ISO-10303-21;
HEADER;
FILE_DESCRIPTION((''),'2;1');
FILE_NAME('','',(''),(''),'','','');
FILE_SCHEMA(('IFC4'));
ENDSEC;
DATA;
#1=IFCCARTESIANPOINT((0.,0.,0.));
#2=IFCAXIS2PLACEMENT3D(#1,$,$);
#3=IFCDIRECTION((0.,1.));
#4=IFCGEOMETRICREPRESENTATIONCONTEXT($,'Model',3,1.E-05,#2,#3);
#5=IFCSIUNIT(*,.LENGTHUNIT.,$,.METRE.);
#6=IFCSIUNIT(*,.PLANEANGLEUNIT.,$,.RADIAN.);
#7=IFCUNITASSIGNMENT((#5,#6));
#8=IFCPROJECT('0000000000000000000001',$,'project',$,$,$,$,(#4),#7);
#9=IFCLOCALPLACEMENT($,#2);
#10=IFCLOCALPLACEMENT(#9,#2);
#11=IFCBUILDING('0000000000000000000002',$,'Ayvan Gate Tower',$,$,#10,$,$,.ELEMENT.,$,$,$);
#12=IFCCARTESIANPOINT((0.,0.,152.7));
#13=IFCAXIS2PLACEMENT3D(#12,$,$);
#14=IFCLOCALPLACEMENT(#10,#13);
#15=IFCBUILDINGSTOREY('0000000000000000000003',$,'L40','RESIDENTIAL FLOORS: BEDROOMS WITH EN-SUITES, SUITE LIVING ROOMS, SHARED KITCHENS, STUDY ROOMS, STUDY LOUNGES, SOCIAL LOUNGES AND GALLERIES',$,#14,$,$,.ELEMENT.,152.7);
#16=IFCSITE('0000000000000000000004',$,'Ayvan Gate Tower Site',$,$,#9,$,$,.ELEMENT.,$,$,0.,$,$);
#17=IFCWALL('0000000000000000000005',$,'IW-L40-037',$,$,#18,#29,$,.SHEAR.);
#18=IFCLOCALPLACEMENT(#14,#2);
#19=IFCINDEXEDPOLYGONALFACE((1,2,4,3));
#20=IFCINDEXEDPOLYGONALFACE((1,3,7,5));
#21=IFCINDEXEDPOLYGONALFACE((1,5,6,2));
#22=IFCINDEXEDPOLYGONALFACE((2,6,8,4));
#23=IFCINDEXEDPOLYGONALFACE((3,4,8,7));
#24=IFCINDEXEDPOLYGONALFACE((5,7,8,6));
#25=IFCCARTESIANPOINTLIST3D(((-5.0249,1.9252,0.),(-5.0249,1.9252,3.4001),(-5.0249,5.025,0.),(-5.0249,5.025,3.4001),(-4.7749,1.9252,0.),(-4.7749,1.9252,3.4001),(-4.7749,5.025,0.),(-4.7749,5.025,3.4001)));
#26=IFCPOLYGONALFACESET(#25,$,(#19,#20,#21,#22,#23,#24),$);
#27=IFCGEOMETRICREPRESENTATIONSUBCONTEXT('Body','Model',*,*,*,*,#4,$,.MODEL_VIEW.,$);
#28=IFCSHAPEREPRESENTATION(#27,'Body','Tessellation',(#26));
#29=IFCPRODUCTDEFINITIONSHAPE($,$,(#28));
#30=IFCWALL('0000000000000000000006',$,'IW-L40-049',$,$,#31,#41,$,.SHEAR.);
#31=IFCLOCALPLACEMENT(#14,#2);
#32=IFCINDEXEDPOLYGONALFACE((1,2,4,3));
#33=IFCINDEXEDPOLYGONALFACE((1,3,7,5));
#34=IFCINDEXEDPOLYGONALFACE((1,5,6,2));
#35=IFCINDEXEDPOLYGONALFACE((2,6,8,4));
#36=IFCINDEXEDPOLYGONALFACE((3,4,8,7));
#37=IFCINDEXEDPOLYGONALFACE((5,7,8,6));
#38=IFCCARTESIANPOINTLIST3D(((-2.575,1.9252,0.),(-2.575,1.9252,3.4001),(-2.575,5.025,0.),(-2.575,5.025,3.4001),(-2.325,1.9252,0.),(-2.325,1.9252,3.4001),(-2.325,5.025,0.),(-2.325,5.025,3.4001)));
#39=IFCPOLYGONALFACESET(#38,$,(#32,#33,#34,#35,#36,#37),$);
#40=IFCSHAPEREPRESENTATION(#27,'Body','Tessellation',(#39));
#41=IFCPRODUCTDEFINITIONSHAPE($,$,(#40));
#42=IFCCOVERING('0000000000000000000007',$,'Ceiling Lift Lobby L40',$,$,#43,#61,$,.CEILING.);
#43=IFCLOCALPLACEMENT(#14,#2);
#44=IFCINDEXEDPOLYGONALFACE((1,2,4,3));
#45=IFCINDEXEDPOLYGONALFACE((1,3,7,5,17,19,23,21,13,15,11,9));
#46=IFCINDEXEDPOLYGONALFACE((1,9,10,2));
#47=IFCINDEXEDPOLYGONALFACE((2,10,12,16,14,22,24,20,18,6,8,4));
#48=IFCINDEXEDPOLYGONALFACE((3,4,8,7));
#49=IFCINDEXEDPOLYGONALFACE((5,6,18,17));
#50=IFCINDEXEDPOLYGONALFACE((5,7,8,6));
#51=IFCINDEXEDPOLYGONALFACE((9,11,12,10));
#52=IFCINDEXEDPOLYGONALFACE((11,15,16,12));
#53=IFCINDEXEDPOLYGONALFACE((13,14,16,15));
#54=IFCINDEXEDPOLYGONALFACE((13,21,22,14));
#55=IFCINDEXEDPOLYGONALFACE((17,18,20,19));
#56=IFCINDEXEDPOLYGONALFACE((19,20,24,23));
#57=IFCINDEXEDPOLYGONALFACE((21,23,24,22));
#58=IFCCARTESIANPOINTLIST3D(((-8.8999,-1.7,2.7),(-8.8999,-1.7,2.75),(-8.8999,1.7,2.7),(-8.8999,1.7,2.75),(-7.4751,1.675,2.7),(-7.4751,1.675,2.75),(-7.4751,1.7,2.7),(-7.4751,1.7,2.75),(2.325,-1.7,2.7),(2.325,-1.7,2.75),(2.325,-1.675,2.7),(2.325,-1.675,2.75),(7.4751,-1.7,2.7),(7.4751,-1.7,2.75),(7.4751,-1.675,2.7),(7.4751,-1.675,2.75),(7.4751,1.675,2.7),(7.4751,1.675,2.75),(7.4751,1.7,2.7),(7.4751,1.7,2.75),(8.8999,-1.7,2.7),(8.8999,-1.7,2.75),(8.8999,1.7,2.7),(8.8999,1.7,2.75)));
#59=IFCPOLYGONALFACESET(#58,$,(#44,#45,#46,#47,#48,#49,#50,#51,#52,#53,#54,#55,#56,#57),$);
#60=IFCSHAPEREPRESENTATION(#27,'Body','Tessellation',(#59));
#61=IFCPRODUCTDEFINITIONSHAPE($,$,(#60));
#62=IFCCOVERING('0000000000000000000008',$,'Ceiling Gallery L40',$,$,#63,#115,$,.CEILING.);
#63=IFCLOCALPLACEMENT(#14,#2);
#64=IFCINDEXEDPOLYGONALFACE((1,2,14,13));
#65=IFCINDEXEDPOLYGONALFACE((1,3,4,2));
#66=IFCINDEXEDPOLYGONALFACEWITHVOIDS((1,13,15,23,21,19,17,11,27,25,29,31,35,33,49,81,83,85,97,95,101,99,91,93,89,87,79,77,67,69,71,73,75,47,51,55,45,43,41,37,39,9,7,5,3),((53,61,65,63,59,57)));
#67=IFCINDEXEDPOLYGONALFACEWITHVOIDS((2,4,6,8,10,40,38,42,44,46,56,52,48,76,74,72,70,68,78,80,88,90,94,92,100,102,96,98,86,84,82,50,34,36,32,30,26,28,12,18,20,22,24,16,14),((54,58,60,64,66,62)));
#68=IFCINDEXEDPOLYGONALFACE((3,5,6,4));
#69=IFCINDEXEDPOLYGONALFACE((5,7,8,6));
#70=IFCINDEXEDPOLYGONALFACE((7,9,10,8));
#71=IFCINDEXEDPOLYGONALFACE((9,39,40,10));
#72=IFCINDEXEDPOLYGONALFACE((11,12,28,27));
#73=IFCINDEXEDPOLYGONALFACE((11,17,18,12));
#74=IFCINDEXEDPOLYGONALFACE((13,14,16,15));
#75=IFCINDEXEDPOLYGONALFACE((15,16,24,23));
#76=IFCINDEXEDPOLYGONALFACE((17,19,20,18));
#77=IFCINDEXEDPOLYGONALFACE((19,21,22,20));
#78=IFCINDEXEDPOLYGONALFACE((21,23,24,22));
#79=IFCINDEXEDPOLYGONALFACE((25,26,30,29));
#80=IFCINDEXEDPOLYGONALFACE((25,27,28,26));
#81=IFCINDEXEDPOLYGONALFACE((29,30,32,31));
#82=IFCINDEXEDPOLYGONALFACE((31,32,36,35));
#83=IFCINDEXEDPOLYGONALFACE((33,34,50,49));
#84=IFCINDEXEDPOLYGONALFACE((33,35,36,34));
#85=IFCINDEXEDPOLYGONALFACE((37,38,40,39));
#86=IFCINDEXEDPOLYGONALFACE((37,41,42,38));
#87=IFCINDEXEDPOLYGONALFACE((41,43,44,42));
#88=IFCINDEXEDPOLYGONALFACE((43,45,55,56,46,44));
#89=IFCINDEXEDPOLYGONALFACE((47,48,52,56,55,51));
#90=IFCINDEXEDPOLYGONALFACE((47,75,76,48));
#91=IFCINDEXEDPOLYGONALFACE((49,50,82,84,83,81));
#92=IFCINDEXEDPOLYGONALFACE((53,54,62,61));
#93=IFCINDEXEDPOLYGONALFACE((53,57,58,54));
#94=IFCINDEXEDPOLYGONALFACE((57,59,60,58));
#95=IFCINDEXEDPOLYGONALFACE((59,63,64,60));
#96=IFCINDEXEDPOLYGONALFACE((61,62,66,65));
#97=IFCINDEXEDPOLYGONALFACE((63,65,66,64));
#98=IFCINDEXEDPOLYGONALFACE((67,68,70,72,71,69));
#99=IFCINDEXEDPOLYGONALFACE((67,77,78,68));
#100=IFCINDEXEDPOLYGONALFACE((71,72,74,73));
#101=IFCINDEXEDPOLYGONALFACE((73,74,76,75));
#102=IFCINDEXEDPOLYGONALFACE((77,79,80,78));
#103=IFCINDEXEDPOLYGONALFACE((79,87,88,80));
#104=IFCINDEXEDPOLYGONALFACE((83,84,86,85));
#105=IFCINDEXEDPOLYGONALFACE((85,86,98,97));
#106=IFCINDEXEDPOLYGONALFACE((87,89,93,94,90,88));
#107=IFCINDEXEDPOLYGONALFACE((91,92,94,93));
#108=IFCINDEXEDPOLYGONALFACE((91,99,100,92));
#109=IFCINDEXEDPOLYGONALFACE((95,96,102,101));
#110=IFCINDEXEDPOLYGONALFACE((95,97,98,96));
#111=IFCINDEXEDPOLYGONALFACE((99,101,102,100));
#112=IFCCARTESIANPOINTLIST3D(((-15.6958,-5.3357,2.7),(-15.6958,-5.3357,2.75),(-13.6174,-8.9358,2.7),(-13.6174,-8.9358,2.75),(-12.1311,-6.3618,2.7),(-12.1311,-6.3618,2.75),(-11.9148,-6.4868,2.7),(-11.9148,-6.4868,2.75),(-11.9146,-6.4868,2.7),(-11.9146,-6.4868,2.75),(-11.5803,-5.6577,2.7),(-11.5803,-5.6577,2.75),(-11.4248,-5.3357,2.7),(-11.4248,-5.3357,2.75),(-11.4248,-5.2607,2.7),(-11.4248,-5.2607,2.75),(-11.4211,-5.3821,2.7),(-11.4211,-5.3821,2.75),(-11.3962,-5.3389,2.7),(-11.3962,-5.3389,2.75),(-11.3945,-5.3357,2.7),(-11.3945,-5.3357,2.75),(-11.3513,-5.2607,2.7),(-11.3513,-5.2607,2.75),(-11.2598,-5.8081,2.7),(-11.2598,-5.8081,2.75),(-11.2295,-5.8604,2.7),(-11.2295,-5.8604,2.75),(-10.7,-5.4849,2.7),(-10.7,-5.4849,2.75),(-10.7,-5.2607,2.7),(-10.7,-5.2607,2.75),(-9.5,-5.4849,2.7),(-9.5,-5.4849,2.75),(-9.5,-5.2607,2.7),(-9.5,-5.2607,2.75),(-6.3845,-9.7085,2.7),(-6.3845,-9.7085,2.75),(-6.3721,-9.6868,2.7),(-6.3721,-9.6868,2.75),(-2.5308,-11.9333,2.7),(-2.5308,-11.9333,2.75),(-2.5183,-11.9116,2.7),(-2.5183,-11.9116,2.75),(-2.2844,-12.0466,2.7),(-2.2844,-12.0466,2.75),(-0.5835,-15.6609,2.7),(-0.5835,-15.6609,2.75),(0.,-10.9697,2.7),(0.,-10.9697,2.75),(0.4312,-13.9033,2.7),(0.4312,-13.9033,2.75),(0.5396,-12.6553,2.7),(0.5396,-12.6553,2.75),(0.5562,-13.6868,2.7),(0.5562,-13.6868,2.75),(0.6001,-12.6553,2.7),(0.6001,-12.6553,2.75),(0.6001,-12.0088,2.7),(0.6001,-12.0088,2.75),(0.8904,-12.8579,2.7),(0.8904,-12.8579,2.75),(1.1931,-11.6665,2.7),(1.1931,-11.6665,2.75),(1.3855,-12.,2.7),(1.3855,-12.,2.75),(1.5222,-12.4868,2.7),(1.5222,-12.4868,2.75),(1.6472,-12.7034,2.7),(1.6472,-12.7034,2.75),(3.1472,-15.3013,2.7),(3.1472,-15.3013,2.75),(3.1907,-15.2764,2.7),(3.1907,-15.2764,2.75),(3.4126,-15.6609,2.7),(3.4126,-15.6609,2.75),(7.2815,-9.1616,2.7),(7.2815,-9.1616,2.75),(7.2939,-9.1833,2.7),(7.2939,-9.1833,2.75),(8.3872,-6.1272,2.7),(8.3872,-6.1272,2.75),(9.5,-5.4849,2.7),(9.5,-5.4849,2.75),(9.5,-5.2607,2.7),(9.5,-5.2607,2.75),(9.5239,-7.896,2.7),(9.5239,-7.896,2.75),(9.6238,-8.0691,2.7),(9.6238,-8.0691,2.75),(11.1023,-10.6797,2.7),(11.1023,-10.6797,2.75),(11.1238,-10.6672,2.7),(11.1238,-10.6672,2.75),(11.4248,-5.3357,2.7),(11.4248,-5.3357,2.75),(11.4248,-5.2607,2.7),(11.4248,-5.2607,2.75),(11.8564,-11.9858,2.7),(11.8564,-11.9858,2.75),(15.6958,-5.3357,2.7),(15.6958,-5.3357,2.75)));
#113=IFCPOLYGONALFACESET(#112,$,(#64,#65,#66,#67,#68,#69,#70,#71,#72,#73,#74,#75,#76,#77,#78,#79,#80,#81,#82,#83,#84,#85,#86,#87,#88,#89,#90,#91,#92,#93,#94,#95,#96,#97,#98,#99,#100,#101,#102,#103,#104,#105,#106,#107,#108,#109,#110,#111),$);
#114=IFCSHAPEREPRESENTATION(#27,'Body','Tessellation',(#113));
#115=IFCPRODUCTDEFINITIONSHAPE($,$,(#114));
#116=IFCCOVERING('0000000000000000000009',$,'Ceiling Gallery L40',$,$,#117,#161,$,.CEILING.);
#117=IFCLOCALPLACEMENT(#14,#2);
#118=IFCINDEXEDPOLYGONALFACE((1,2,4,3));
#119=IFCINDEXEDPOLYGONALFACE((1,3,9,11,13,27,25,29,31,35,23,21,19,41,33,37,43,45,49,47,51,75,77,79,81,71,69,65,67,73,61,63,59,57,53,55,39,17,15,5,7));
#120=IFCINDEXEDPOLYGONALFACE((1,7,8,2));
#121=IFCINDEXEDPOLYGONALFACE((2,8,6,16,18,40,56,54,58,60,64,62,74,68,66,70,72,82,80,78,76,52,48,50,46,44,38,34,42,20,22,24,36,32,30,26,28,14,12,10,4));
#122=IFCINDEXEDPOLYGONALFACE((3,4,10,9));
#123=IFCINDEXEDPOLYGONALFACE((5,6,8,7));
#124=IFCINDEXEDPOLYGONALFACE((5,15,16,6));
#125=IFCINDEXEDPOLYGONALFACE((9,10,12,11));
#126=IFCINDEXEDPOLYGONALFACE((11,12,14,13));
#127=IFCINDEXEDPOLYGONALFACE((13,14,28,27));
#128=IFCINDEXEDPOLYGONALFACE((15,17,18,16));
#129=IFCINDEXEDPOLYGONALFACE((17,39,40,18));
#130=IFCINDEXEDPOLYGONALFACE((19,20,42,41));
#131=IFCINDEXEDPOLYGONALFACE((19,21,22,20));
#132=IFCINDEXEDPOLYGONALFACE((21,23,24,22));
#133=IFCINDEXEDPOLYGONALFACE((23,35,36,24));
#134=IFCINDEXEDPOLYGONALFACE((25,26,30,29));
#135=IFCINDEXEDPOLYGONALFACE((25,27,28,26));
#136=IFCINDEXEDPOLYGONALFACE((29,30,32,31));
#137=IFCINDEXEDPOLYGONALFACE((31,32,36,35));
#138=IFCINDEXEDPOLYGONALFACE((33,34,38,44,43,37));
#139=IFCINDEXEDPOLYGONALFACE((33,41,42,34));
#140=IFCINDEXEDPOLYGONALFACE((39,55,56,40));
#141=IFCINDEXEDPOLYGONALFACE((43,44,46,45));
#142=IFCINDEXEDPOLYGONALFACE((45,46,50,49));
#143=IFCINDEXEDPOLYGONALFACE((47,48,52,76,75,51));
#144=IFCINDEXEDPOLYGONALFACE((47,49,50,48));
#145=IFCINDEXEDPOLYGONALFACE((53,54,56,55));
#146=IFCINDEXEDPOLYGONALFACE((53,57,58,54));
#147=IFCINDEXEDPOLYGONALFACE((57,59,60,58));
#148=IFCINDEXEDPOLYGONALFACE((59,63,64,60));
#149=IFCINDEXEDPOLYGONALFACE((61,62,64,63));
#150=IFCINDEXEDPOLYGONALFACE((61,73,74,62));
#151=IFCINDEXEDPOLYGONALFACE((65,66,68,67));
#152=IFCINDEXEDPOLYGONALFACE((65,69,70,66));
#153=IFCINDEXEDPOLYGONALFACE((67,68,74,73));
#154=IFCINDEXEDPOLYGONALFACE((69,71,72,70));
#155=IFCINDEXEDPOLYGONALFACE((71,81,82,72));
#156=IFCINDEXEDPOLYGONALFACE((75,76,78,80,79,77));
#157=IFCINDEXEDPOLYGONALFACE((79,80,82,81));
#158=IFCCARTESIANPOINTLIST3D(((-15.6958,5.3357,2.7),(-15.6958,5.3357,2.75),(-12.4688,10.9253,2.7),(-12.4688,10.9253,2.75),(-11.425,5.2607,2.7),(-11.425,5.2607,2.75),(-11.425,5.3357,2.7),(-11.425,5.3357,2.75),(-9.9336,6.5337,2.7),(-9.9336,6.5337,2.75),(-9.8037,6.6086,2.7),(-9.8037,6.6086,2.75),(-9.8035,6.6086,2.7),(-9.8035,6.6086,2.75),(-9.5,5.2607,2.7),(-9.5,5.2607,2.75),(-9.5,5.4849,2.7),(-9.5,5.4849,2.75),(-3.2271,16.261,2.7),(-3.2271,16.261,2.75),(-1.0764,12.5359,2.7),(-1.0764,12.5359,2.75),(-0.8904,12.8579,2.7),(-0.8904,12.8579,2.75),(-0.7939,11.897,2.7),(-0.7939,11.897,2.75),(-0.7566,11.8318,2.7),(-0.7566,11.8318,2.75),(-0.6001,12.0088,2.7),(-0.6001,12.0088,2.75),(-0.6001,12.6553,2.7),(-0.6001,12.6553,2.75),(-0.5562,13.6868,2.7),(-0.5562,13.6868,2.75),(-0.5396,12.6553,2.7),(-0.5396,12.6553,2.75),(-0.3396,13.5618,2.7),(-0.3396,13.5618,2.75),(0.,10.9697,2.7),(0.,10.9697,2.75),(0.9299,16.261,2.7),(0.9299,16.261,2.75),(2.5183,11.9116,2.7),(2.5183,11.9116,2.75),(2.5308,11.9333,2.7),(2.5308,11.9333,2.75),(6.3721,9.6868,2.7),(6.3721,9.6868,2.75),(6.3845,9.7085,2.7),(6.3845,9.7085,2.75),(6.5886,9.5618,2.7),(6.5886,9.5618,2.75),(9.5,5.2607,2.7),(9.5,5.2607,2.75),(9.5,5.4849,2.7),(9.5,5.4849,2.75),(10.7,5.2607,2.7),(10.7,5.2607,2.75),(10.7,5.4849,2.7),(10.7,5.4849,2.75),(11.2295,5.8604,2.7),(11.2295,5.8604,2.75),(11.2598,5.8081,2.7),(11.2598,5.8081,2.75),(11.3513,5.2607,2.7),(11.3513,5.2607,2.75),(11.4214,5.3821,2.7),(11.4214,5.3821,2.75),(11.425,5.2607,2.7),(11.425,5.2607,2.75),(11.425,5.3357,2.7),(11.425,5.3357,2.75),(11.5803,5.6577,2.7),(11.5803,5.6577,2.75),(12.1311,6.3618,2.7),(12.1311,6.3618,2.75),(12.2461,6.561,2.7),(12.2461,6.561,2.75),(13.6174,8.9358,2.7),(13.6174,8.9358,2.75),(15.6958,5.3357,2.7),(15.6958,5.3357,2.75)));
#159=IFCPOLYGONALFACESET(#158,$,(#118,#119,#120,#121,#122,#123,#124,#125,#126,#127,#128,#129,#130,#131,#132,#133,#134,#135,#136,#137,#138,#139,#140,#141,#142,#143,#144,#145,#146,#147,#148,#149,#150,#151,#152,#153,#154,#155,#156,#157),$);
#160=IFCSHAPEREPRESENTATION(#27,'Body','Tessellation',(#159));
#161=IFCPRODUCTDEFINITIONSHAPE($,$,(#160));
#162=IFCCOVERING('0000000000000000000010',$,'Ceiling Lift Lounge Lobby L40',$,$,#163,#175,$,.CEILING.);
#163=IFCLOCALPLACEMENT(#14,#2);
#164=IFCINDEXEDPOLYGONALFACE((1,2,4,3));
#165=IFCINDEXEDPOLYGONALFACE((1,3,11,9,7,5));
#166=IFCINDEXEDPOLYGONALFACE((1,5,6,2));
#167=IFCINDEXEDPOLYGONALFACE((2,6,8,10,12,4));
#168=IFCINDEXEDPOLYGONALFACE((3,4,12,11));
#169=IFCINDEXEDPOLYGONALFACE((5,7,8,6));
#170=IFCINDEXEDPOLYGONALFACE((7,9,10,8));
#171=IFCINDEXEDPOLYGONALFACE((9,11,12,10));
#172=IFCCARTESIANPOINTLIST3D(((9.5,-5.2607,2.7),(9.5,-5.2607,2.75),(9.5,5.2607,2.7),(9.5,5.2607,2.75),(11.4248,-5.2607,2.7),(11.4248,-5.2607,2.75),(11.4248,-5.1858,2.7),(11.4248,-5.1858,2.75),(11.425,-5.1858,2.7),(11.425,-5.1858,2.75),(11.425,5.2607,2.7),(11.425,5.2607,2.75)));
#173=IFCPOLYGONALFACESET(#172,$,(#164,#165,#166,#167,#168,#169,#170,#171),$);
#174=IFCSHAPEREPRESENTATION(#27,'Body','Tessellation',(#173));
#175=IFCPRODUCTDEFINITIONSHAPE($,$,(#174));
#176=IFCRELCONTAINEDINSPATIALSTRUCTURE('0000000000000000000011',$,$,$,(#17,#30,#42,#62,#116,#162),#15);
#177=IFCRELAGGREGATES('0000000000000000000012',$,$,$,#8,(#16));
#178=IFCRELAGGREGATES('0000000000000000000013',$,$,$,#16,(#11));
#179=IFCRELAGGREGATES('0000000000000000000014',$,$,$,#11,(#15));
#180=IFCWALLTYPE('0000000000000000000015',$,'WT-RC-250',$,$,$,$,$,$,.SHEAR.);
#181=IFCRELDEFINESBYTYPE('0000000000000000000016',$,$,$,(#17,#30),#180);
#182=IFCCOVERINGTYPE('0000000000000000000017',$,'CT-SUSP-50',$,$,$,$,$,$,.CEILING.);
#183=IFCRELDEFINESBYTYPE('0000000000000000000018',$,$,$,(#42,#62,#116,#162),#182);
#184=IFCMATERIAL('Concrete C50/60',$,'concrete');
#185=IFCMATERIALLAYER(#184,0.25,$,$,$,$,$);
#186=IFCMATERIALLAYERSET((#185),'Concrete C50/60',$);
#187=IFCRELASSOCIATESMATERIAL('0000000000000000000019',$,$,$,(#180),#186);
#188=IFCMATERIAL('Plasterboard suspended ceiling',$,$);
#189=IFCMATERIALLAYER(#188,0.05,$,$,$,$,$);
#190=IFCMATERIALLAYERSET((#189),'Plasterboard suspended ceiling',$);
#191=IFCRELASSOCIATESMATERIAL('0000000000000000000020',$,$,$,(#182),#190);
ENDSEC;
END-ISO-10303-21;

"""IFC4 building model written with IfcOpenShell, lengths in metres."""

from ifc_helpers import new_model, si_unit, direction, frame, frame_2d, origin, place, context, subcontext, project, spatial, polyline, rectangle, outline, extrude, material, layer, layer_set, type_object, element, save


model = new_model("IFC4")

# Units and contexts
model_context = context("Model", 3, precision=1e-05, world=origin(), true_north=direction((0.0, 1.0)))
body_context = subcontext(model_context, "Body", "Model", "MODEL_VIEW")
ifc_project = project(units=[si_unit("LENGTHUNIT", "METRE"), si_unit("PLANEANGLEUNIT", "RADIAN")], contexts=[model_context])

# Site, building, storey
site_placement = place(None, origin())
site = spatial("IfcSite", under=ifc_project, at=site_placement, Name="Ayvan Gate Tower Site", CompositionType="ELEMENT", RefElevation=0.0)
building_placement = place(site_placement, origin())
building = spatial("IfcBuilding", under=site, at=building_placement, Name="Ayvan Gate Tower", CompositionType="ELEMENT")
storey_placement = place(building_placement, frame((0.0, 0.0, 152.7)))
storey = spatial("IfcBuildingStorey", under=building, at=storey_placement, Name="L40", Description="RESIDENTIAL FLOORS: BEDROOMS WITH EN-SUITES, SUITE LIVING ROOMS, SHARED KITCHENS, STUDY ROOMS, STUDY LOUNGES, SOCIAL LOUNGES AND GALLERIES", CompositionType="ELEMENT", Elevation=152.7)

# Walls
ifc_material_1 = material(Name="Concrete C50/60", Category="concrete")
ifc_layer_1 = layer(ifc_material_1, 0.25)
ifc_layer_set_1 = layer_set([ifc_layer_1], Name="Concrete C50/60")
wall_type_1 = type_object("IfcWallType", Name="WT-RC-250", PredefinedType="SHEAR", material=ifc_layer_set_1)
for number, where, z_axis, x_axis, name in (
    (1, (-4.8999, 5.0249, 0.0), (0.0, 0.0, 1.0), (0.0, -1.0, 0.0), "IW-L40-037"),
    (2, (-2.45, 5.0249, 0.0), (0.0, 0.0, 1.0), (0.0, -1.0, 0.0), "IW-L40-049"),
):
    element("IfcWall", number, at=place(storey_placement, frame(where, z_axis=z_axis, x_axis=x_axis)), inside=storey, type_object=wall_type_1, Name=name, PredefinedType="SHEAR", context=body_context, shape_type="SweptSolid", body=[
        extrude(rectangle(XDim=3.0999, YDim=0.25, at=frame_2d((1.5498, 0.0))), origin(), (0.0, 0.0, 1.0), 3.4001),
    ])

# Coverings
ifc_material_2 = material(Name="Plasterboard suspended ceiling")
ifc_layer_2 = layer(ifc_material_2, 0.05)
ifc_layer_set_2 = layer_set([ifc_layer_2], Name="Plasterboard suspended ceiling")
covering_type = type_object("IfcCoveringType", Name="CT-SUSP-50", PredefinedType="CEILING", material=ifc_layer_set_2)
covering_1_placement = place(storey_placement, frame((0.0, 0.0, 2.7)))
element("IfcCovering", 3, at=covering_1_placement, inside=storey, type_object=covering_type, Name="Ceiling Lift Lobby L40", PredefinedType="CEILING", context=body_context, shape_type="SweptSolid", body=[
    extrude(outline(polyline([(7.4751, -1.675), (2.325, -1.675), (2.325, -1.7), (-8.8999, -1.7), (-8.8999, 1.7), (-7.4751, 1.7), (-7.4751, 1.675), (7.4751, 1.675), (7.4751, 1.7), (8.8999, 1.7), (8.8999, -1.7), (7.4751, -1.7), (7.4751, -1.675)])), origin(), (0.0, 0.0, 1.0), 0.05),
])
covering_2_placement = place(storey_placement, frame((0.0, 0.0, 2.7)))
element("IfcCovering", 4, at=covering_2_placement, inside=storey, type_object=covering_type, Name="Ceiling Gallery L40", PredefinedType="CEILING", context=body_context, shape_type="SweptSolid", body=[
    extrude(outline(polyline([(-11.9148, -6.4868), (-12.1311, -6.3618), (-13.6174, -8.9358), (-15.6958, -5.3357), (-11.4248, -5.3357), (-11.4248, -5.2607), (-11.3513, -5.2607), (-11.3945, -5.3357), (-11.3962, -5.3389), (-11.4211, -5.3821), (-11.5803, -5.6577), (-11.2295, -5.8604), (-11.2598, -5.8081), (-10.7, -5.4849), (-10.7, -5.2607), (-9.5, -5.2607), (-9.5, -5.4849), (0.0, -10.9697), (8.3872, -6.1272), (9.5, -5.4849), (9.5, -5.2607), (11.4248, -5.2607), (11.4248, -5.3357), (15.6958, -5.3357), (11.8564, -11.9858), (11.1023, -10.6797), (11.1238, -10.6672), (9.6238, -8.0691), (9.5239, -7.896), (7.2939, -9.1833), (7.2815, -9.1616), (1.5222, -12.4868), (1.6472, -12.7034), (3.1472, -15.3013), (3.1907, -15.2764), (3.4126, -15.6609), (-0.5835, -15.6609), (0.4312, -13.9033), (0.5562, -13.6868), (-2.2844, -12.0466), (-2.5183, -11.9116), (-2.5308, -11.9333), (-6.3845, -9.7085), (-6.3721, -9.6868), (-11.9146, -6.4868), (-11.9148, -6.4868)]), holes=[polyline([(0.5396, -12.6553), (0.8904, -12.8579), (1.3855, -12.0), (1.1931, -11.6665), (0.6001, -12.0088), (0.6001, -12.6553), (0.5396, -12.6553)])]), origin(), (0.0, 0.0, 1.0), 0.05),
])
covering_3_placement = place(storey_placement, frame((0.0, 0.0, 2.7)))
element("IfcCovering", 5, at=covering_3_placement, inside=storey, type_object=covering_type, Name="Ceiling Gallery L40", PredefinedType="CEILING", context=body_context, shape_type="SweptSolid", body=[
    extrude(outline(polyline([(-9.8037, 6.6086), (-9.8035, 6.6086), (-0.7566, 11.8318), (-0.7939, 11.897), (-0.6001, 12.0088), (-0.6001, 12.6553), (-0.5396, 12.6553), (-0.8904, 12.8579), (-1.0764, 12.5359), (-3.2271, 16.261), (0.9299, 16.261), (-0.5562, 13.6868), (-0.3396, 13.5618), (2.5183, 11.9116), (2.5308, 11.9333), (6.3845, 9.7085), (6.3721, 9.6868), (6.5886, 9.5618), (12.1311, 6.3618), (12.2461, 6.561), (13.6174, 8.9358), (15.6958, 5.3357), (11.425, 5.3357), (11.425, 5.2607), (11.3513, 5.2607), (11.4214, 5.3821), (11.5803, 5.6577), (11.2295, 5.8604), (11.2598, 5.8081), (10.7, 5.4849), (10.7, 5.2607), (9.5, 5.2607), (9.5, 5.4849), (0.0, 10.9697), (-9.5, 5.4849), (-9.5, 5.2607), (-11.425, 5.2607), (-11.425, 5.3357), (-15.6958, 5.3357), (-12.4688, 10.9253), (-9.9336, 6.5337), (-9.8037, 6.6086)])), origin(), (0.0, 0.0, 1.0), 0.05),
])
covering_4_placement = place(storey_placement, frame((0.0, 0.0, 2.7)))
element("IfcCovering", 6, at=covering_4_placement, inside=storey, type_object=covering_type, Name="Ceiling Lift Lounge Lobby L40", PredefinedType="CEILING", context=body_context, shape_type="SweptSolid", body=[
    extrude(outline(polyline([(11.4248, -5.2607), (9.5, -5.2607), (9.5, 5.2607), (11.425, 5.2607), (11.425, -5.1858), (11.4248, -5.1858), (11.4248, -5.2607)])), origin(), (0.0, 0.0, 1.0), 0.05),
])

save(model, "model.ifc")
